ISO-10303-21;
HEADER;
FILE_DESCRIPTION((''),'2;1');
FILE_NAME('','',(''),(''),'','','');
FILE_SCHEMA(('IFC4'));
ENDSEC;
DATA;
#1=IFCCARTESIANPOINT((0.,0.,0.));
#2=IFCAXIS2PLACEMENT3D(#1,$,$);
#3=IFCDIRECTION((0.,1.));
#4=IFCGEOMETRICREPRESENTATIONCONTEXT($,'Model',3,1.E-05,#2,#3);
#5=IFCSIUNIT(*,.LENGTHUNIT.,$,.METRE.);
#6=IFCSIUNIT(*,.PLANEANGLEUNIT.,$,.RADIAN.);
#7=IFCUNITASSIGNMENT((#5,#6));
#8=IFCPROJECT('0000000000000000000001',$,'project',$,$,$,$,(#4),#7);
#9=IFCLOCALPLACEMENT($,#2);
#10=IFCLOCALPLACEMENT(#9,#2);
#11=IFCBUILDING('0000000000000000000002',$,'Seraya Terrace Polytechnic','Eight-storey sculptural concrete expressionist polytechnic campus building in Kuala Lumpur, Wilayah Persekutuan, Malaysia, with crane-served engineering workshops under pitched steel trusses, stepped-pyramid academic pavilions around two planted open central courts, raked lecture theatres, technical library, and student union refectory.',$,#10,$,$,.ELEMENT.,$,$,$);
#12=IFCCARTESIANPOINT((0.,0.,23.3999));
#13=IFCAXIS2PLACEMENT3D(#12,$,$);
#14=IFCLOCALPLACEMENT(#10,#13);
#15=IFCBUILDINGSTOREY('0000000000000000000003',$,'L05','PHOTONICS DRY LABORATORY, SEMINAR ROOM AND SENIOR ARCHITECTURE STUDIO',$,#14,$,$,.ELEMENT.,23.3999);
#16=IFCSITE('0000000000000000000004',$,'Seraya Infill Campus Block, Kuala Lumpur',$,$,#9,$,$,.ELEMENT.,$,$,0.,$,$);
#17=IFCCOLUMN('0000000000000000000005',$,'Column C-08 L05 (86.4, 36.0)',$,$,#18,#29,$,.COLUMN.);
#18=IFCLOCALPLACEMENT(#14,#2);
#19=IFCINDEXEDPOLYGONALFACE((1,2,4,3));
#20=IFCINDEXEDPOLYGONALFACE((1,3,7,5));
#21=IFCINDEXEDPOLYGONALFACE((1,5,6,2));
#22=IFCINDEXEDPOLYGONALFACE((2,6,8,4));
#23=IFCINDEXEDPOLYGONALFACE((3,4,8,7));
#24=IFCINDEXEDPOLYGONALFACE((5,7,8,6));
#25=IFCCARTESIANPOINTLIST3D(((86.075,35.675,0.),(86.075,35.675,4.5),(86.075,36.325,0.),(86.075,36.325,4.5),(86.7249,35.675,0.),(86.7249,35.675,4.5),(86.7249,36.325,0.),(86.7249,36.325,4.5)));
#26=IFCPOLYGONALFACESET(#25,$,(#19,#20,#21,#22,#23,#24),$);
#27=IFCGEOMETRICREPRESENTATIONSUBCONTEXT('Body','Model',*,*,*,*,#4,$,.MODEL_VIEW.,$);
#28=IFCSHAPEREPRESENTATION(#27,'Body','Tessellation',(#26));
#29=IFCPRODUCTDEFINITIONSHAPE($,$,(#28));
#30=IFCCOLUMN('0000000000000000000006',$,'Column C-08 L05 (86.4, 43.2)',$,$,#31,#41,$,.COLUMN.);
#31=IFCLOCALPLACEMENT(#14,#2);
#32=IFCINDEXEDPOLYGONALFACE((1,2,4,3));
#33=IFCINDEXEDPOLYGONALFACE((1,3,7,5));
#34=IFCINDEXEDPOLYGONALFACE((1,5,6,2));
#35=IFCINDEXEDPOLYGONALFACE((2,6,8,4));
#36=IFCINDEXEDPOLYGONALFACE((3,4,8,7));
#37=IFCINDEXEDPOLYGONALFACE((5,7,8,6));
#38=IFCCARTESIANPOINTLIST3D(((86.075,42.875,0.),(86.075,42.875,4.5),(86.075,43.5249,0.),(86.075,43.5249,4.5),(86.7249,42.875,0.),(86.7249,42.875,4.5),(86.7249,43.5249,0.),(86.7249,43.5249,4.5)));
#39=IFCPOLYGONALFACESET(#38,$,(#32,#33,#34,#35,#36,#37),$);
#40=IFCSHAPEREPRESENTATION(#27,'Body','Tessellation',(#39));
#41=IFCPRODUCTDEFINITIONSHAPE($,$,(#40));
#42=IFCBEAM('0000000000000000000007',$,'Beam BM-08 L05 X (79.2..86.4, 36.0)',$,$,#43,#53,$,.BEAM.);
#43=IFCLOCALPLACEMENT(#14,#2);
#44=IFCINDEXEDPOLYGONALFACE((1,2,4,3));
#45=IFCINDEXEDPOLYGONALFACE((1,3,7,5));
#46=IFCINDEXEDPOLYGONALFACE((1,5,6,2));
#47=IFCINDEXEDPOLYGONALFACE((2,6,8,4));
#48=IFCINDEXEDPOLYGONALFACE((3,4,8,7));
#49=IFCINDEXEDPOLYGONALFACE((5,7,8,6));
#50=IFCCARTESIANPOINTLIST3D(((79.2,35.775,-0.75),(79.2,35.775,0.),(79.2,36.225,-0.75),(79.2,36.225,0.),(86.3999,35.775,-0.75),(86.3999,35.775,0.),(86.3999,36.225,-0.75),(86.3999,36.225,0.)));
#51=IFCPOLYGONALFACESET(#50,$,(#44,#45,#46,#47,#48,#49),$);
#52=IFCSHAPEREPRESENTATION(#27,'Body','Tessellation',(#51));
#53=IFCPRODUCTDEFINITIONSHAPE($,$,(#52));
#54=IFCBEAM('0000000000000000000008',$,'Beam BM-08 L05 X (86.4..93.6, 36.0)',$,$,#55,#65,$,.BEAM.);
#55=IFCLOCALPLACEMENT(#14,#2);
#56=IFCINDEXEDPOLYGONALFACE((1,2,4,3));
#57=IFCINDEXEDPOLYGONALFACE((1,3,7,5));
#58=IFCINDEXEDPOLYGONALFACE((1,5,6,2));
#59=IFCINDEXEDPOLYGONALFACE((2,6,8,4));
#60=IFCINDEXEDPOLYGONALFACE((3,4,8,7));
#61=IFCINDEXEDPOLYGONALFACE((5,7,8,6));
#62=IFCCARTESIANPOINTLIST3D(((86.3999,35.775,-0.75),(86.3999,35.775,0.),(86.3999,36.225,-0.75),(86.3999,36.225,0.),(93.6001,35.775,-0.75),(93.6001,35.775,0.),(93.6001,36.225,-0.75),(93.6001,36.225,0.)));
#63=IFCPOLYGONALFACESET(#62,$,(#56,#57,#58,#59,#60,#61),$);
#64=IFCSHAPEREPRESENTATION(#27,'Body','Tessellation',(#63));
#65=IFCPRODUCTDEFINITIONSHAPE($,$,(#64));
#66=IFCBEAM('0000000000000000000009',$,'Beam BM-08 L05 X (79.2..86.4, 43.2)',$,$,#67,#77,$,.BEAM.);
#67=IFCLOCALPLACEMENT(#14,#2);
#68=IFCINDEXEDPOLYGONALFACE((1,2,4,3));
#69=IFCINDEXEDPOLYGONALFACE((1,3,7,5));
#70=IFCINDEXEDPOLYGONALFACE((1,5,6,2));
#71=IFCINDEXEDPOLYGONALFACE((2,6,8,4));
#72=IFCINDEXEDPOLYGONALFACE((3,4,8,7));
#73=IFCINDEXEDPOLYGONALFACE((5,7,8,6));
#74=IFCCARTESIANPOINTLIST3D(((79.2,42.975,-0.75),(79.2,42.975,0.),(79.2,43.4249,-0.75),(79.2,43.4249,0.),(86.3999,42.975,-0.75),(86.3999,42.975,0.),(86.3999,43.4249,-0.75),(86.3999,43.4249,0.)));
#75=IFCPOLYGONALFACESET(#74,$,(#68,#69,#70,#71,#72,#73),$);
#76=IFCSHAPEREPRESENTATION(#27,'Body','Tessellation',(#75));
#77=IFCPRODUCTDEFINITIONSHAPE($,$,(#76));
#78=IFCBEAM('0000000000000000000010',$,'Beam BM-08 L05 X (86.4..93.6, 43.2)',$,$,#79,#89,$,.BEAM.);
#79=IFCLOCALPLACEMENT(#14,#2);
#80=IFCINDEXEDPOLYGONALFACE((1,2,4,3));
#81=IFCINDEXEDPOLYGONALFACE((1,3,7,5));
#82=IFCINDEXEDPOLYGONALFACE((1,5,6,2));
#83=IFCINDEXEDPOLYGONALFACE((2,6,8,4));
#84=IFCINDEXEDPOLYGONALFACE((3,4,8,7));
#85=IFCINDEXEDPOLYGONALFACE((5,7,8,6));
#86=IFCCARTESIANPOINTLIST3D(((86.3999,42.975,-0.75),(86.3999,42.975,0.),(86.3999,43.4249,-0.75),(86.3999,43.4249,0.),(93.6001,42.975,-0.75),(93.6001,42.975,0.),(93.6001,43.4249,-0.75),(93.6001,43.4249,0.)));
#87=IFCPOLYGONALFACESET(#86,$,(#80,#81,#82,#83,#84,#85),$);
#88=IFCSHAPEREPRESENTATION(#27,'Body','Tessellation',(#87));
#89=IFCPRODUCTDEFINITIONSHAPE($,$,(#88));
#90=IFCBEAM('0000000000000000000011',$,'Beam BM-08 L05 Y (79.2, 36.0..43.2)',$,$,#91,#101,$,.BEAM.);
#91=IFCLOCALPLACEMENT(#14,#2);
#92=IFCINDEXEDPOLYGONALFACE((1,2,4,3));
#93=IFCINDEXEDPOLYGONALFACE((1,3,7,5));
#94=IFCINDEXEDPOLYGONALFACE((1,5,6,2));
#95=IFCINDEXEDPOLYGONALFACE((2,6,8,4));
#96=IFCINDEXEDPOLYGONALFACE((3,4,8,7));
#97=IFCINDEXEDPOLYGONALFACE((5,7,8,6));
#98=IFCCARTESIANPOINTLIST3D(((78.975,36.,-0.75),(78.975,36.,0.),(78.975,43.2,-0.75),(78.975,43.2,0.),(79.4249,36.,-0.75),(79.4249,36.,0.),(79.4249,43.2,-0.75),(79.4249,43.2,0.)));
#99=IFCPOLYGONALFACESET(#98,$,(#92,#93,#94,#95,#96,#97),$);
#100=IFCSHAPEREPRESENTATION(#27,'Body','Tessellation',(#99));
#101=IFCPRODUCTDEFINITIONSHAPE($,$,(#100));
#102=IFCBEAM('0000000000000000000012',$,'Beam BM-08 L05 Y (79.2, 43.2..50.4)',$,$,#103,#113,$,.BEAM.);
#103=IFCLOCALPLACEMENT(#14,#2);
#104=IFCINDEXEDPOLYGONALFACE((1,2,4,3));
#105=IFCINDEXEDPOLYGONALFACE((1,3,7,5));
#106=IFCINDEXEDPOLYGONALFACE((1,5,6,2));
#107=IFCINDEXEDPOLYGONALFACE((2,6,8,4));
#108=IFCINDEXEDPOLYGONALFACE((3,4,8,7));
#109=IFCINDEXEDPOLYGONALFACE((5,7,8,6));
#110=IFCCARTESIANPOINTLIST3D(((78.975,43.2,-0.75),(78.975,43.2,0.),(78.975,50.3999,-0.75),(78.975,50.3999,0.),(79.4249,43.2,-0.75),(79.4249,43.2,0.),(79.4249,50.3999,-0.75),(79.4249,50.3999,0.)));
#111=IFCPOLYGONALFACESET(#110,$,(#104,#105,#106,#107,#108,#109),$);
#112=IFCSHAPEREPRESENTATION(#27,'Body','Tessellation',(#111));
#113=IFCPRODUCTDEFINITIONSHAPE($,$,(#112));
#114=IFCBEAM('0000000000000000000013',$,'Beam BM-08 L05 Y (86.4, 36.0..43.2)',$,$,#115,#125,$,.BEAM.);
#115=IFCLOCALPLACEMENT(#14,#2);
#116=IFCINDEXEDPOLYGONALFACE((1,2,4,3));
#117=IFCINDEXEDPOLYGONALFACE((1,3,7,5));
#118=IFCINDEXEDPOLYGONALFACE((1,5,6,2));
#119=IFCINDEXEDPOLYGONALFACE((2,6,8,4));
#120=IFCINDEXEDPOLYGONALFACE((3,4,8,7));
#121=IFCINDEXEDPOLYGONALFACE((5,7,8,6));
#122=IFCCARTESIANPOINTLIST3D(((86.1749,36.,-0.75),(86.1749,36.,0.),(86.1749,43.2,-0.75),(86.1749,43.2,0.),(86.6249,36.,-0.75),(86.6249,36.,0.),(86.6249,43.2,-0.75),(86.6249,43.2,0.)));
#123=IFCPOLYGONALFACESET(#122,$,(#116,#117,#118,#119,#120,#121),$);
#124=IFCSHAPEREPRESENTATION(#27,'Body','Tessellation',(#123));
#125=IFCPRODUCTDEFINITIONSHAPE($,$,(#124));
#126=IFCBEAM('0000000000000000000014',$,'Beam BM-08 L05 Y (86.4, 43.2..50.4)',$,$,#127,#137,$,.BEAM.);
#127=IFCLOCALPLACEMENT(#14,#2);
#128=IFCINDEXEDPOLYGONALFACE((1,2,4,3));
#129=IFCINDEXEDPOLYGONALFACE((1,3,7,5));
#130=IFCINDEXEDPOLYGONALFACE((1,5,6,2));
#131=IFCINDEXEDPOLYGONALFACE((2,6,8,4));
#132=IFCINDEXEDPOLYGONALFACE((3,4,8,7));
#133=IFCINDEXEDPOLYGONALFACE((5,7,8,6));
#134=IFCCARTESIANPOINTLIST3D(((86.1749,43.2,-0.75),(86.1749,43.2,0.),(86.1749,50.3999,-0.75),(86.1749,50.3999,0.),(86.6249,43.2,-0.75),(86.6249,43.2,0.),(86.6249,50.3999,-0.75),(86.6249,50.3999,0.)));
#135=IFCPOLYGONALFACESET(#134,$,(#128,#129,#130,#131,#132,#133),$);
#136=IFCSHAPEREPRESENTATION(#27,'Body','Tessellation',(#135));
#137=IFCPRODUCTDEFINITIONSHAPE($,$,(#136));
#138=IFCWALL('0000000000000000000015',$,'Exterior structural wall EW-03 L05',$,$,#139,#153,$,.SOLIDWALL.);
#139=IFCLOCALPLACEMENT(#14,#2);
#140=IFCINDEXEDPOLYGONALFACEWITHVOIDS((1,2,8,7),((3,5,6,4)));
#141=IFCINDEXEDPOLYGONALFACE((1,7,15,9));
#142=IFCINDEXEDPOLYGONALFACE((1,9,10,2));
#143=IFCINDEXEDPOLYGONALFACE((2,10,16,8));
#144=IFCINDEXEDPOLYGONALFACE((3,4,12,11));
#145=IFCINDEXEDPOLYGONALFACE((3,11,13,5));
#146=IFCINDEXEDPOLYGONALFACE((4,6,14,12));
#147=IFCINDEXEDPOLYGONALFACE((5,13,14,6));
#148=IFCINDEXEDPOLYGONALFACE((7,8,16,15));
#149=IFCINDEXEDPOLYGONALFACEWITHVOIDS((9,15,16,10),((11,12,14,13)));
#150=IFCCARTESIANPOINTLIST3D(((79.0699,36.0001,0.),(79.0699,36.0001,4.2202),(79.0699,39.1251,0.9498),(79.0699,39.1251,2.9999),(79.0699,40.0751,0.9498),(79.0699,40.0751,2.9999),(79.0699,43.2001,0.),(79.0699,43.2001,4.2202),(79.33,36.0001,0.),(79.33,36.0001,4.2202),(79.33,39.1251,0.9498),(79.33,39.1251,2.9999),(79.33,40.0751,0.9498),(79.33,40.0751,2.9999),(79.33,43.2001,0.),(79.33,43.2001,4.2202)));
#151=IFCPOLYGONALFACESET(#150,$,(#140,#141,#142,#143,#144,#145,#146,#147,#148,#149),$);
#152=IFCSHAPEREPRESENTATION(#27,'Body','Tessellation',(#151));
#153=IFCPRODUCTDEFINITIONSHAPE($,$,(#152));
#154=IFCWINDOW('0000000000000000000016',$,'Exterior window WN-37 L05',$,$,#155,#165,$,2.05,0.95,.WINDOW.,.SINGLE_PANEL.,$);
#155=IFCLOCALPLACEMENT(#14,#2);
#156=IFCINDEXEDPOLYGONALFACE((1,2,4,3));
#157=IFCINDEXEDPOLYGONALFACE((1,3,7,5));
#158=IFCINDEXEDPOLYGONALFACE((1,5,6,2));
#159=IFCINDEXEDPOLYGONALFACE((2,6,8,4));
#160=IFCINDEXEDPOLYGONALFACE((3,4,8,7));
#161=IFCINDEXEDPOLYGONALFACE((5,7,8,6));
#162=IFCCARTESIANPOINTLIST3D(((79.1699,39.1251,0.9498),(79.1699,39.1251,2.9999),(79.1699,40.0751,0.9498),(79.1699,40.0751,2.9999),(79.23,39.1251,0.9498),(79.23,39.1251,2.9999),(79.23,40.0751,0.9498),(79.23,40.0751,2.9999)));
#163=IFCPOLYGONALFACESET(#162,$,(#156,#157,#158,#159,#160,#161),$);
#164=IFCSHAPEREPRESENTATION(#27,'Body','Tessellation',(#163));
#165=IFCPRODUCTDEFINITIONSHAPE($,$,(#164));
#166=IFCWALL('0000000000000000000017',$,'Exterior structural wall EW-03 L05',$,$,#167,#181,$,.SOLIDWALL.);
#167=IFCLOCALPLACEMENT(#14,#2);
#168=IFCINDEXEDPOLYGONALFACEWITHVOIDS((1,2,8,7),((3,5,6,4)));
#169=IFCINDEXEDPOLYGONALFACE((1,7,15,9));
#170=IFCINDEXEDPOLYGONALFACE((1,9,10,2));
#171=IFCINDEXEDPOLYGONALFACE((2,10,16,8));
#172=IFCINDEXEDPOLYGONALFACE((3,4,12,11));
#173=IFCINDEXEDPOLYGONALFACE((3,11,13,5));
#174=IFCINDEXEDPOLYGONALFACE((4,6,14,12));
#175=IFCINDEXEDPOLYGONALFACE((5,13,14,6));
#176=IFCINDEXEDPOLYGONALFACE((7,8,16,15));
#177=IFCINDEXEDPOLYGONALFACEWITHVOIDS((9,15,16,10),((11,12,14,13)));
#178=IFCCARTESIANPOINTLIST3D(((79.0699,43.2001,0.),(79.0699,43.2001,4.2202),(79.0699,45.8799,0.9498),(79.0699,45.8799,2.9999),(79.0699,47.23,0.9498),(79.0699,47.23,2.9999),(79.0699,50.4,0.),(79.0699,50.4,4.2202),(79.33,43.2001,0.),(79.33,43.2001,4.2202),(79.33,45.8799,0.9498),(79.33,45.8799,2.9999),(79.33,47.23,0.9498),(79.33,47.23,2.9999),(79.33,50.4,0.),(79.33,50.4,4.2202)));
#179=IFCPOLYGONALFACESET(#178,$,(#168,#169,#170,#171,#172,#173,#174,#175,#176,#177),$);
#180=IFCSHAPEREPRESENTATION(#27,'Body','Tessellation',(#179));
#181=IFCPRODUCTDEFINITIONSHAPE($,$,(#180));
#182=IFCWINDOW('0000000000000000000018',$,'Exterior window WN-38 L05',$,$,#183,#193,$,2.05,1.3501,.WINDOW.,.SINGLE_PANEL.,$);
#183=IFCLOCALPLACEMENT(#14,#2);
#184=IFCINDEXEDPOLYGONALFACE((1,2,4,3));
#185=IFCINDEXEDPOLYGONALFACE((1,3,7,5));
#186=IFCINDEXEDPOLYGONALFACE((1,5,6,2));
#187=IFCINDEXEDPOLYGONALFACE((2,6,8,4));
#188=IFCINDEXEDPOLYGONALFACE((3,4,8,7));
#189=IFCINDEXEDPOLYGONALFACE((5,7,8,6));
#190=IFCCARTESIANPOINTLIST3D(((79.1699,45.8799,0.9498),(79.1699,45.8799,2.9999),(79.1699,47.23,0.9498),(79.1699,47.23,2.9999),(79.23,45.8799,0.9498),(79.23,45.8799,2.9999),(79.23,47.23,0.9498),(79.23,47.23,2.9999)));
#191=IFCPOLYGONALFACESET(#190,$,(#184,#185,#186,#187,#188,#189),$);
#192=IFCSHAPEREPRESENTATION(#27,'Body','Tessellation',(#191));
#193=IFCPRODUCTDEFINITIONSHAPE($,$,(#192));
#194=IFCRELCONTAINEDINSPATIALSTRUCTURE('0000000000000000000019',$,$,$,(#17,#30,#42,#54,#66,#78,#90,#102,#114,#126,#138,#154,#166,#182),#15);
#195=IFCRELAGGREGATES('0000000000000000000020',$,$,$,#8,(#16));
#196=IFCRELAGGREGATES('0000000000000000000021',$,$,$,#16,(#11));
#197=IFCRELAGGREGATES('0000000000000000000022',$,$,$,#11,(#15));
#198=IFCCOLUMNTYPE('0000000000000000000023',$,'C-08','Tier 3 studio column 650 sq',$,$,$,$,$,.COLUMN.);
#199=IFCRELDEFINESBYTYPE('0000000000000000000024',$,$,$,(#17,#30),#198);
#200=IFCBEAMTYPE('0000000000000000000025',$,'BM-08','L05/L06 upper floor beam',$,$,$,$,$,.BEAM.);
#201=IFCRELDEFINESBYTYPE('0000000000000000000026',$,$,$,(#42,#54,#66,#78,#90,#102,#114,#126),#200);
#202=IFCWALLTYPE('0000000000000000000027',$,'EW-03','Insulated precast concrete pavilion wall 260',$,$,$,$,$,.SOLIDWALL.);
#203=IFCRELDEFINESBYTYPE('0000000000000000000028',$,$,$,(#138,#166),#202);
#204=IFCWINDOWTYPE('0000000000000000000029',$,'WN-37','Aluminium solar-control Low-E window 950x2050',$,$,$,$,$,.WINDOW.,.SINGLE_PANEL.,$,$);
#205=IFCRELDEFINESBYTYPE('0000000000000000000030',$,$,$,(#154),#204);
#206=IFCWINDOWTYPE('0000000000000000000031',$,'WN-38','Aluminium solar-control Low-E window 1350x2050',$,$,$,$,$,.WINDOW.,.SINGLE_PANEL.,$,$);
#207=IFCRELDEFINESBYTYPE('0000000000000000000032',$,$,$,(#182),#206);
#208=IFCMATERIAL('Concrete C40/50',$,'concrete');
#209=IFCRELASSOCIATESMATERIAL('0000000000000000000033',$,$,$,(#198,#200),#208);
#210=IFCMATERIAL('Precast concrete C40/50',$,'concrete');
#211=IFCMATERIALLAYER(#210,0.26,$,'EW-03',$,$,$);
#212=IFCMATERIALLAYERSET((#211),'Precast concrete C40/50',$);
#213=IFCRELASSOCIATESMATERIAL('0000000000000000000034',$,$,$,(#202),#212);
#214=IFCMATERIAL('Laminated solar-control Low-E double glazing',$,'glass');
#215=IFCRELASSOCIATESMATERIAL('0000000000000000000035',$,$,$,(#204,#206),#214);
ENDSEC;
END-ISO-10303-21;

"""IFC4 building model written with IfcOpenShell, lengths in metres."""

from ifc_helpers import new_model, si_unit, direction, frame, frame_2d, origin, origin_2d, place, context, subcontext, project, spatial, rectangle, extrude, material, layer, layer_set, material_profile, profile_set, type_object, element, fill, save


model = new_model("IFC4")

# Units and contexts
model_context = context("Model", 3, precision=1e-05, world=origin(), true_north=direction((0.0, 1.0)))
body_context = subcontext(model_context, "Body", "Model", "MODEL_VIEW")
ifc_project = project(units=[si_unit("LENGTHUNIT", "METRE"), si_unit("PLANEANGLEUNIT", "RADIAN")], contexts=[model_context])

# Site, building, storey
site_placement = place(None, origin())
site = spatial("IfcSite", under=ifc_project, at=site_placement, Name="Seraya Infill Campus Block, Kuala Lumpur", CompositionType="ELEMENT", RefElevation=0.0)
building_placement = place(site_placement, origin())
building = spatial("IfcBuilding", under=site, at=building_placement, Name="Seraya Terrace Polytechnic", Description="Eight-storey sculptural concrete expressionist polytechnic campus building in Kuala Lumpur, Wilayah Persekutuan, Malaysia, with crane-served engineering workshops under pitched steel trusses, stepped-pyramid academic pavilions around two planted open central courts, raked lecture theatres, technical library, and student union refectory.", CompositionType="ELEMENT")
storey_placement = place(building_placement, frame((0.0, 0.0, 23.3999)))
storey = spatial("IfcBuildingStorey", under=building, at=storey_placement, Name="L05", Description="PHOTONICS DRY LABORATORY, SEMINAR ROOM AND SENIOR ARCHITECTURE STUDIO", CompositionType="ELEMENT", Elevation=23.3999)

# Columns
ifc_material_1 = material(Name="Concrete C40/50", Category="concrete")
ifc_material_profile_1 = material_profile(ifc_material_1, rectangle(XDim=0.6499, YDim=0.6499, at=origin_2d()), Name="RC 650x650")
ifc_profile_set_1 = profile_set([ifc_material_profile_1], Name="Concrete C40/50")
column_type = type_object("IfcColumnType", Name="C-08", Description="Tier 3 studio column 650 sq", PredefinedType="COLUMN", material=ifc_profile_set_1)
for number, where, z_axis, x_axis, name in (
    (1, (86.3999, 36.0, 0.0), (0.0, 0.0, 1.0), (1.0, 0.0, 0.0), "Column C-08 L05 (86.4, 36.0)"),
    (2, (86.3999, 43.2, 0.0), (0.0, 0.0, 1.0), (1.0, 0.0, 0.0), "Column C-08 L05 (86.4, 43.2)"),
):
    element("IfcColumn", number, at=place(storey_placement, frame(where, z_axis=z_axis, x_axis=x_axis)), inside=storey, type_object=column_type, Name=name, PredefinedType="COLUMN", context=body_context, shape_type="SweptSolid", body=[
        extrude(rectangle(XDim=0.6499, YDim=0.6499, at=origin_2d()), origin(), (0.0, 0.0, 1.0), 4.5),
    ])

# Beams
ifc_material_profile_2 = material_profile(ifc_material_1, rectangle(XDim=0.45, YDim=0.75, at=origin_2d()), Name="RC 450x750")
ifc_profile_set_2 = profile_set([ifc_material_profile_2], Name="Concrete C40/50")
beam_type = type_object("IfcBeamType", Name="BM-08", Description="L05/L06 upper floor beam", PredefinedType="BEAM", material=ifc_profile_set_2)
beam_1_placement = place(storey_placement, frame((79.2, 36.0, -0.375), z_axis=(1.0, 0.0, 0.0), x_axis=(0.0, 1.0, 0.0)))
element("IfcBeam", 3, at=beam_1_placement, inside=storey, type_object=beam_type, Name="Beam BM-08 L05 X (79.2..86.4, 36.0)", PredefinedType="BEAM", context=body_context, shape_type="SweptSolid", body=[
    extrude(rectangle(XDim=0.45, YDim=0.75, at=origin_2d()), origin(), (0.0, 0.0, 1.0), 7.2),
])
beam_2_placement = place(storey_placement, frame((86.3999, 36.0, -0.375), z_axis=(1.0, 0.0, 0.0), x_axis=(0.0, 1.0, 0.0)))
element("IfcBeam", 4, at=beam_2_placement, inside=storey, type_object=beam_type, Name="Beam BM-08 L05 X (86.4..93.6, 36.0)", PredefinedType="BEAM", context=body_context, shape_type="SweptSolid", body=[
    extrude(rectangle(XDim=0.45, YDim=0.75, at=origin_2d()), origin(), (0.0, 0.0, 1.0), 7.2002),
])
beam_3_placement = place(storey_placement, frame((79.2, 43.2, -0.375), z_axis=(1.0, 0.0, 0.0), x_axis=(0.0, 1.0, 0.0)))
element("IfcBeam", 5, at=beam_3_placement, inside=storey, type_object=beam_type, Name="Beam BM-08 L05 X (79.2..86.4, 43.2)", PredefinedType="BEAM", context=body_context, shape_type="SweptSolid", body=[
    extrude(rectangle(XDim=0.45, YDim=0.75, at=origin_2d()), origin(), (0.0, 0.0, 1.0), 7.2),
])
beam_4_placement = place(storey_placement, frame((86.3999, 43.2, -0.375), z_axis=(1.0, 0.0, 0.0), x_axis=(0.0, 1.0, 0.0)))
element("IfcBeam", 6, at=beam_4_placement, inside=storey, type_object=beam_type, Name="Beam BM-08 L05 X (86.4..93.6, 43.2)", PredefinedType="BEAM", context=body_context, shape_type="SweptSolid", body=[
    extrude(rectangle(XDim=0.45, YDim=0.75, at=origin_2d()), origin(), (0.0, 0.0, 1.0), 7.2002),
])
for number, where, z_axis, x_axis, name in (
    (7, (79.2, 36.0, -0.375), (0.0, 1.0, 0.0), (-1.0, 0.0, 0.0), "Beam BM-08 L05 Y (79.2, 36.0..43.2)"),
    (8, (79.2, 43.2, -0.375), (0.0, 1.0, 0.0), (-1.0, 0.0, 0.0), "Beam BM-08 L05 Y (79.2, 43.2..50.4)"),
    (9, (86.3999, 36.0, -0.375), (0.0, 1.0, 0.0), (-1.0, 0.0, 0.0), "Beam BM-08 L05 Y (86.4, 36.0..43.2)"),
    (10, (86.3999, 43.2, -0.375), (0.0, 1.0, 0.0), (-1.0, 0.0, 0.0), "Beam BM-08 L05 Y (86.4, 43.2..50.4)"),
):
    element("IfcBeam", number, at=place(storey_placement, frame(where, z_axis=z_axis, x_axis=x_axis)), inside=storey, type_object=beam_type, Name=name, PredefinedType="BEAM", context=body_context, shape_type="SweptSolid", body=[
        extrude(rectangle(XDim=0.45, YDim=0.75, at=origin_2d()), origin(), (0.0, 0.0, 1.0), 7.2),
    ])

# Walls, openings, windows
ifc_material_2 = material(Name="Precast concrete C40/50", Category="concrete")
ifc_layer_1 = layer(ifc_material_2, 0.26, Name="EW-03")
ifc_layer_set_1 = layer_set([ifc_layer_1], Name="Precast concrete C40/50")
wall_type_1 = type_object("IfcWallType", Name="EW-03", Description="Insulated precast concrete pavilion wall 260", PredefinedType="SOLIDWALL", material=ifc_layer_set_1)
wall_1_placement = place(storey_placement, frame((79.2, 36.0, 0.0), z_axis=(0.0, 0.0, 1.0), x_axis=(0.0, 1.0, 0.0)))
wall_1 = element("IfcWall", 11, at=wall_1_placement, inside=storey, type_object=wall_type_1, Name="Exterior structural wall EW-03 L05", PredefinedType="SOLIDWALL", context=body_context, shape_type="SweptSolid", body=[
    extrude(rectangle(XDim=7.2, YDim=0.26, at=frame_2d((3.6001, 0.0))), origin(), (0.0, 0.0, 1.0), 4.2202),
])
opening_1_placement = place(wall_1_placement, frame((3.125, 0.0, 0.95)))
opening_1 = element("IfcOpeningElement", 12, at=opening_1_placement, cuts=wall_1, PredefinedType="OPENING", context=body_context, shape_type="SweptSolid", body=[
    extrude(rectangle(XDim=0.95, YDim=2.05, at=frame_2d((0.4751, 1.0249))), frame((0.0, 0.1421, 0.0), z_axis=(0.0, -1.0, 0.0), x_axis=(1.0, 0.0, 0.0)), (0.0, 0.0, 1.0), 0.2839),
])
ifc_material_3 = material(Name="Laminated solar-control Low-E double glazing", Category="glass")
window_type_1 = type_object("IfcWindowType", Name="WN-37", Description="Aluminium solar-control Low-E window 950x2050", PartitioningType="SINGLE_PANEL", PredefinedType="WINDOW", material=ifc_material_3)
window_1_placement = place(opening_1_placement, origin())
window_1 = element("IfcWindow", 13, at=window_1_placement, inside=storey, type_object=window_type_1, Name="Exterior window WN-37 L05", OverallHeight=2.05, OverallWidth=0.95, PartitioningType="SINGLE_PANEL", PredefinedType="WINDOW", context=body_context, shape_type="SweptSolid", body=[
    extrude(rectangle(XDim=0.95, YDim=2.05, at=frame_2d((0.4751, 1.0249))), frame((0.0, 0.03, 0.0), z_axis=(0.0, -1.0, 0.0), x_axis=(1.0, 0.0, 0.0)), (0.0, 0.0, 1.0), 0.0601),
])
fill(opening_1, window_1)
wall_2_placement = place(storey_placement, frame((79.2, 43.2, 0.0), z_axis=(0.0, 0.0, 1.0), x_axis=(0.0, 1.0, 0.0)))
wall_2 = element("IfcWall", 14, at=wall_2_placement, inside=storey, type_object=wall_type_1, Name="Exterior structural wall EW-03 L05", PredefinedType="SOLIDWALL", context=body_context, shape_type="SweptSolid", body=[
    extrude(rectangle(XDim=7.2, YDim=0.26, at=frame_2d((3.6001, 0.0))), origin(), (0.0, 0.0, 1.0), 4.2202),
])
opening_2_placement = place(wall_2_placement, frame((2.6799, 0.0, 0.95)))
opening_2 = element("IfcOpeningElement", 15, at=opening_2_placement, cuts=wall_2, PredefinedType="OPENING", context=body_context, shape_type="SweptSolid", body=[
    extrude(rectangle(XDim=1.3501, YDim=2.05, at=frame_2d((0.675, 1.0249))), frame((0.0, 0.1421, 0.0), z_axis=(0.0, -1.0, 0.0), x_axis=(1.0, 0.0, 0.0)), (0.0, 0.0, 1.0), 0.2839),
])
window_type_2 = type_object("IfcWindowType", Name="WN-38", Description="Aluminium solar-control Low-E window 1350x2050", PartitioningType="SINGLE_PANEL", PredefinedType="WINDOW", material=ifc_material_3)
window_2_placement = place(opening_2_placement, origin())
window_2 = element("IfcWindow", 16, at=window_2_placement, inside=storey, type_object=window_type_2, Name="Exterior window WN-38 L05", OverallHeight=2.05, OverallWidth=1.3501, PartitioningType="SINGLE_PANEL", PredefinedType="WINDOW", context=body_context, shape_type="SweptSolid", body=[
    extrude(rectangle(XDim=1.3501, YDim=2.05, at=frame_2d((0.675, 1.0249))), frame((0.0, 0.03, 0.0), z_axis=(0.0, -1.0, 0.0), x_axis=(1.0, 0.0, 0.0)), (0.0, 0.0, 1.0), 0.0601),
])
fill(opening_2, window_2)

save(model, "model.ifc")
